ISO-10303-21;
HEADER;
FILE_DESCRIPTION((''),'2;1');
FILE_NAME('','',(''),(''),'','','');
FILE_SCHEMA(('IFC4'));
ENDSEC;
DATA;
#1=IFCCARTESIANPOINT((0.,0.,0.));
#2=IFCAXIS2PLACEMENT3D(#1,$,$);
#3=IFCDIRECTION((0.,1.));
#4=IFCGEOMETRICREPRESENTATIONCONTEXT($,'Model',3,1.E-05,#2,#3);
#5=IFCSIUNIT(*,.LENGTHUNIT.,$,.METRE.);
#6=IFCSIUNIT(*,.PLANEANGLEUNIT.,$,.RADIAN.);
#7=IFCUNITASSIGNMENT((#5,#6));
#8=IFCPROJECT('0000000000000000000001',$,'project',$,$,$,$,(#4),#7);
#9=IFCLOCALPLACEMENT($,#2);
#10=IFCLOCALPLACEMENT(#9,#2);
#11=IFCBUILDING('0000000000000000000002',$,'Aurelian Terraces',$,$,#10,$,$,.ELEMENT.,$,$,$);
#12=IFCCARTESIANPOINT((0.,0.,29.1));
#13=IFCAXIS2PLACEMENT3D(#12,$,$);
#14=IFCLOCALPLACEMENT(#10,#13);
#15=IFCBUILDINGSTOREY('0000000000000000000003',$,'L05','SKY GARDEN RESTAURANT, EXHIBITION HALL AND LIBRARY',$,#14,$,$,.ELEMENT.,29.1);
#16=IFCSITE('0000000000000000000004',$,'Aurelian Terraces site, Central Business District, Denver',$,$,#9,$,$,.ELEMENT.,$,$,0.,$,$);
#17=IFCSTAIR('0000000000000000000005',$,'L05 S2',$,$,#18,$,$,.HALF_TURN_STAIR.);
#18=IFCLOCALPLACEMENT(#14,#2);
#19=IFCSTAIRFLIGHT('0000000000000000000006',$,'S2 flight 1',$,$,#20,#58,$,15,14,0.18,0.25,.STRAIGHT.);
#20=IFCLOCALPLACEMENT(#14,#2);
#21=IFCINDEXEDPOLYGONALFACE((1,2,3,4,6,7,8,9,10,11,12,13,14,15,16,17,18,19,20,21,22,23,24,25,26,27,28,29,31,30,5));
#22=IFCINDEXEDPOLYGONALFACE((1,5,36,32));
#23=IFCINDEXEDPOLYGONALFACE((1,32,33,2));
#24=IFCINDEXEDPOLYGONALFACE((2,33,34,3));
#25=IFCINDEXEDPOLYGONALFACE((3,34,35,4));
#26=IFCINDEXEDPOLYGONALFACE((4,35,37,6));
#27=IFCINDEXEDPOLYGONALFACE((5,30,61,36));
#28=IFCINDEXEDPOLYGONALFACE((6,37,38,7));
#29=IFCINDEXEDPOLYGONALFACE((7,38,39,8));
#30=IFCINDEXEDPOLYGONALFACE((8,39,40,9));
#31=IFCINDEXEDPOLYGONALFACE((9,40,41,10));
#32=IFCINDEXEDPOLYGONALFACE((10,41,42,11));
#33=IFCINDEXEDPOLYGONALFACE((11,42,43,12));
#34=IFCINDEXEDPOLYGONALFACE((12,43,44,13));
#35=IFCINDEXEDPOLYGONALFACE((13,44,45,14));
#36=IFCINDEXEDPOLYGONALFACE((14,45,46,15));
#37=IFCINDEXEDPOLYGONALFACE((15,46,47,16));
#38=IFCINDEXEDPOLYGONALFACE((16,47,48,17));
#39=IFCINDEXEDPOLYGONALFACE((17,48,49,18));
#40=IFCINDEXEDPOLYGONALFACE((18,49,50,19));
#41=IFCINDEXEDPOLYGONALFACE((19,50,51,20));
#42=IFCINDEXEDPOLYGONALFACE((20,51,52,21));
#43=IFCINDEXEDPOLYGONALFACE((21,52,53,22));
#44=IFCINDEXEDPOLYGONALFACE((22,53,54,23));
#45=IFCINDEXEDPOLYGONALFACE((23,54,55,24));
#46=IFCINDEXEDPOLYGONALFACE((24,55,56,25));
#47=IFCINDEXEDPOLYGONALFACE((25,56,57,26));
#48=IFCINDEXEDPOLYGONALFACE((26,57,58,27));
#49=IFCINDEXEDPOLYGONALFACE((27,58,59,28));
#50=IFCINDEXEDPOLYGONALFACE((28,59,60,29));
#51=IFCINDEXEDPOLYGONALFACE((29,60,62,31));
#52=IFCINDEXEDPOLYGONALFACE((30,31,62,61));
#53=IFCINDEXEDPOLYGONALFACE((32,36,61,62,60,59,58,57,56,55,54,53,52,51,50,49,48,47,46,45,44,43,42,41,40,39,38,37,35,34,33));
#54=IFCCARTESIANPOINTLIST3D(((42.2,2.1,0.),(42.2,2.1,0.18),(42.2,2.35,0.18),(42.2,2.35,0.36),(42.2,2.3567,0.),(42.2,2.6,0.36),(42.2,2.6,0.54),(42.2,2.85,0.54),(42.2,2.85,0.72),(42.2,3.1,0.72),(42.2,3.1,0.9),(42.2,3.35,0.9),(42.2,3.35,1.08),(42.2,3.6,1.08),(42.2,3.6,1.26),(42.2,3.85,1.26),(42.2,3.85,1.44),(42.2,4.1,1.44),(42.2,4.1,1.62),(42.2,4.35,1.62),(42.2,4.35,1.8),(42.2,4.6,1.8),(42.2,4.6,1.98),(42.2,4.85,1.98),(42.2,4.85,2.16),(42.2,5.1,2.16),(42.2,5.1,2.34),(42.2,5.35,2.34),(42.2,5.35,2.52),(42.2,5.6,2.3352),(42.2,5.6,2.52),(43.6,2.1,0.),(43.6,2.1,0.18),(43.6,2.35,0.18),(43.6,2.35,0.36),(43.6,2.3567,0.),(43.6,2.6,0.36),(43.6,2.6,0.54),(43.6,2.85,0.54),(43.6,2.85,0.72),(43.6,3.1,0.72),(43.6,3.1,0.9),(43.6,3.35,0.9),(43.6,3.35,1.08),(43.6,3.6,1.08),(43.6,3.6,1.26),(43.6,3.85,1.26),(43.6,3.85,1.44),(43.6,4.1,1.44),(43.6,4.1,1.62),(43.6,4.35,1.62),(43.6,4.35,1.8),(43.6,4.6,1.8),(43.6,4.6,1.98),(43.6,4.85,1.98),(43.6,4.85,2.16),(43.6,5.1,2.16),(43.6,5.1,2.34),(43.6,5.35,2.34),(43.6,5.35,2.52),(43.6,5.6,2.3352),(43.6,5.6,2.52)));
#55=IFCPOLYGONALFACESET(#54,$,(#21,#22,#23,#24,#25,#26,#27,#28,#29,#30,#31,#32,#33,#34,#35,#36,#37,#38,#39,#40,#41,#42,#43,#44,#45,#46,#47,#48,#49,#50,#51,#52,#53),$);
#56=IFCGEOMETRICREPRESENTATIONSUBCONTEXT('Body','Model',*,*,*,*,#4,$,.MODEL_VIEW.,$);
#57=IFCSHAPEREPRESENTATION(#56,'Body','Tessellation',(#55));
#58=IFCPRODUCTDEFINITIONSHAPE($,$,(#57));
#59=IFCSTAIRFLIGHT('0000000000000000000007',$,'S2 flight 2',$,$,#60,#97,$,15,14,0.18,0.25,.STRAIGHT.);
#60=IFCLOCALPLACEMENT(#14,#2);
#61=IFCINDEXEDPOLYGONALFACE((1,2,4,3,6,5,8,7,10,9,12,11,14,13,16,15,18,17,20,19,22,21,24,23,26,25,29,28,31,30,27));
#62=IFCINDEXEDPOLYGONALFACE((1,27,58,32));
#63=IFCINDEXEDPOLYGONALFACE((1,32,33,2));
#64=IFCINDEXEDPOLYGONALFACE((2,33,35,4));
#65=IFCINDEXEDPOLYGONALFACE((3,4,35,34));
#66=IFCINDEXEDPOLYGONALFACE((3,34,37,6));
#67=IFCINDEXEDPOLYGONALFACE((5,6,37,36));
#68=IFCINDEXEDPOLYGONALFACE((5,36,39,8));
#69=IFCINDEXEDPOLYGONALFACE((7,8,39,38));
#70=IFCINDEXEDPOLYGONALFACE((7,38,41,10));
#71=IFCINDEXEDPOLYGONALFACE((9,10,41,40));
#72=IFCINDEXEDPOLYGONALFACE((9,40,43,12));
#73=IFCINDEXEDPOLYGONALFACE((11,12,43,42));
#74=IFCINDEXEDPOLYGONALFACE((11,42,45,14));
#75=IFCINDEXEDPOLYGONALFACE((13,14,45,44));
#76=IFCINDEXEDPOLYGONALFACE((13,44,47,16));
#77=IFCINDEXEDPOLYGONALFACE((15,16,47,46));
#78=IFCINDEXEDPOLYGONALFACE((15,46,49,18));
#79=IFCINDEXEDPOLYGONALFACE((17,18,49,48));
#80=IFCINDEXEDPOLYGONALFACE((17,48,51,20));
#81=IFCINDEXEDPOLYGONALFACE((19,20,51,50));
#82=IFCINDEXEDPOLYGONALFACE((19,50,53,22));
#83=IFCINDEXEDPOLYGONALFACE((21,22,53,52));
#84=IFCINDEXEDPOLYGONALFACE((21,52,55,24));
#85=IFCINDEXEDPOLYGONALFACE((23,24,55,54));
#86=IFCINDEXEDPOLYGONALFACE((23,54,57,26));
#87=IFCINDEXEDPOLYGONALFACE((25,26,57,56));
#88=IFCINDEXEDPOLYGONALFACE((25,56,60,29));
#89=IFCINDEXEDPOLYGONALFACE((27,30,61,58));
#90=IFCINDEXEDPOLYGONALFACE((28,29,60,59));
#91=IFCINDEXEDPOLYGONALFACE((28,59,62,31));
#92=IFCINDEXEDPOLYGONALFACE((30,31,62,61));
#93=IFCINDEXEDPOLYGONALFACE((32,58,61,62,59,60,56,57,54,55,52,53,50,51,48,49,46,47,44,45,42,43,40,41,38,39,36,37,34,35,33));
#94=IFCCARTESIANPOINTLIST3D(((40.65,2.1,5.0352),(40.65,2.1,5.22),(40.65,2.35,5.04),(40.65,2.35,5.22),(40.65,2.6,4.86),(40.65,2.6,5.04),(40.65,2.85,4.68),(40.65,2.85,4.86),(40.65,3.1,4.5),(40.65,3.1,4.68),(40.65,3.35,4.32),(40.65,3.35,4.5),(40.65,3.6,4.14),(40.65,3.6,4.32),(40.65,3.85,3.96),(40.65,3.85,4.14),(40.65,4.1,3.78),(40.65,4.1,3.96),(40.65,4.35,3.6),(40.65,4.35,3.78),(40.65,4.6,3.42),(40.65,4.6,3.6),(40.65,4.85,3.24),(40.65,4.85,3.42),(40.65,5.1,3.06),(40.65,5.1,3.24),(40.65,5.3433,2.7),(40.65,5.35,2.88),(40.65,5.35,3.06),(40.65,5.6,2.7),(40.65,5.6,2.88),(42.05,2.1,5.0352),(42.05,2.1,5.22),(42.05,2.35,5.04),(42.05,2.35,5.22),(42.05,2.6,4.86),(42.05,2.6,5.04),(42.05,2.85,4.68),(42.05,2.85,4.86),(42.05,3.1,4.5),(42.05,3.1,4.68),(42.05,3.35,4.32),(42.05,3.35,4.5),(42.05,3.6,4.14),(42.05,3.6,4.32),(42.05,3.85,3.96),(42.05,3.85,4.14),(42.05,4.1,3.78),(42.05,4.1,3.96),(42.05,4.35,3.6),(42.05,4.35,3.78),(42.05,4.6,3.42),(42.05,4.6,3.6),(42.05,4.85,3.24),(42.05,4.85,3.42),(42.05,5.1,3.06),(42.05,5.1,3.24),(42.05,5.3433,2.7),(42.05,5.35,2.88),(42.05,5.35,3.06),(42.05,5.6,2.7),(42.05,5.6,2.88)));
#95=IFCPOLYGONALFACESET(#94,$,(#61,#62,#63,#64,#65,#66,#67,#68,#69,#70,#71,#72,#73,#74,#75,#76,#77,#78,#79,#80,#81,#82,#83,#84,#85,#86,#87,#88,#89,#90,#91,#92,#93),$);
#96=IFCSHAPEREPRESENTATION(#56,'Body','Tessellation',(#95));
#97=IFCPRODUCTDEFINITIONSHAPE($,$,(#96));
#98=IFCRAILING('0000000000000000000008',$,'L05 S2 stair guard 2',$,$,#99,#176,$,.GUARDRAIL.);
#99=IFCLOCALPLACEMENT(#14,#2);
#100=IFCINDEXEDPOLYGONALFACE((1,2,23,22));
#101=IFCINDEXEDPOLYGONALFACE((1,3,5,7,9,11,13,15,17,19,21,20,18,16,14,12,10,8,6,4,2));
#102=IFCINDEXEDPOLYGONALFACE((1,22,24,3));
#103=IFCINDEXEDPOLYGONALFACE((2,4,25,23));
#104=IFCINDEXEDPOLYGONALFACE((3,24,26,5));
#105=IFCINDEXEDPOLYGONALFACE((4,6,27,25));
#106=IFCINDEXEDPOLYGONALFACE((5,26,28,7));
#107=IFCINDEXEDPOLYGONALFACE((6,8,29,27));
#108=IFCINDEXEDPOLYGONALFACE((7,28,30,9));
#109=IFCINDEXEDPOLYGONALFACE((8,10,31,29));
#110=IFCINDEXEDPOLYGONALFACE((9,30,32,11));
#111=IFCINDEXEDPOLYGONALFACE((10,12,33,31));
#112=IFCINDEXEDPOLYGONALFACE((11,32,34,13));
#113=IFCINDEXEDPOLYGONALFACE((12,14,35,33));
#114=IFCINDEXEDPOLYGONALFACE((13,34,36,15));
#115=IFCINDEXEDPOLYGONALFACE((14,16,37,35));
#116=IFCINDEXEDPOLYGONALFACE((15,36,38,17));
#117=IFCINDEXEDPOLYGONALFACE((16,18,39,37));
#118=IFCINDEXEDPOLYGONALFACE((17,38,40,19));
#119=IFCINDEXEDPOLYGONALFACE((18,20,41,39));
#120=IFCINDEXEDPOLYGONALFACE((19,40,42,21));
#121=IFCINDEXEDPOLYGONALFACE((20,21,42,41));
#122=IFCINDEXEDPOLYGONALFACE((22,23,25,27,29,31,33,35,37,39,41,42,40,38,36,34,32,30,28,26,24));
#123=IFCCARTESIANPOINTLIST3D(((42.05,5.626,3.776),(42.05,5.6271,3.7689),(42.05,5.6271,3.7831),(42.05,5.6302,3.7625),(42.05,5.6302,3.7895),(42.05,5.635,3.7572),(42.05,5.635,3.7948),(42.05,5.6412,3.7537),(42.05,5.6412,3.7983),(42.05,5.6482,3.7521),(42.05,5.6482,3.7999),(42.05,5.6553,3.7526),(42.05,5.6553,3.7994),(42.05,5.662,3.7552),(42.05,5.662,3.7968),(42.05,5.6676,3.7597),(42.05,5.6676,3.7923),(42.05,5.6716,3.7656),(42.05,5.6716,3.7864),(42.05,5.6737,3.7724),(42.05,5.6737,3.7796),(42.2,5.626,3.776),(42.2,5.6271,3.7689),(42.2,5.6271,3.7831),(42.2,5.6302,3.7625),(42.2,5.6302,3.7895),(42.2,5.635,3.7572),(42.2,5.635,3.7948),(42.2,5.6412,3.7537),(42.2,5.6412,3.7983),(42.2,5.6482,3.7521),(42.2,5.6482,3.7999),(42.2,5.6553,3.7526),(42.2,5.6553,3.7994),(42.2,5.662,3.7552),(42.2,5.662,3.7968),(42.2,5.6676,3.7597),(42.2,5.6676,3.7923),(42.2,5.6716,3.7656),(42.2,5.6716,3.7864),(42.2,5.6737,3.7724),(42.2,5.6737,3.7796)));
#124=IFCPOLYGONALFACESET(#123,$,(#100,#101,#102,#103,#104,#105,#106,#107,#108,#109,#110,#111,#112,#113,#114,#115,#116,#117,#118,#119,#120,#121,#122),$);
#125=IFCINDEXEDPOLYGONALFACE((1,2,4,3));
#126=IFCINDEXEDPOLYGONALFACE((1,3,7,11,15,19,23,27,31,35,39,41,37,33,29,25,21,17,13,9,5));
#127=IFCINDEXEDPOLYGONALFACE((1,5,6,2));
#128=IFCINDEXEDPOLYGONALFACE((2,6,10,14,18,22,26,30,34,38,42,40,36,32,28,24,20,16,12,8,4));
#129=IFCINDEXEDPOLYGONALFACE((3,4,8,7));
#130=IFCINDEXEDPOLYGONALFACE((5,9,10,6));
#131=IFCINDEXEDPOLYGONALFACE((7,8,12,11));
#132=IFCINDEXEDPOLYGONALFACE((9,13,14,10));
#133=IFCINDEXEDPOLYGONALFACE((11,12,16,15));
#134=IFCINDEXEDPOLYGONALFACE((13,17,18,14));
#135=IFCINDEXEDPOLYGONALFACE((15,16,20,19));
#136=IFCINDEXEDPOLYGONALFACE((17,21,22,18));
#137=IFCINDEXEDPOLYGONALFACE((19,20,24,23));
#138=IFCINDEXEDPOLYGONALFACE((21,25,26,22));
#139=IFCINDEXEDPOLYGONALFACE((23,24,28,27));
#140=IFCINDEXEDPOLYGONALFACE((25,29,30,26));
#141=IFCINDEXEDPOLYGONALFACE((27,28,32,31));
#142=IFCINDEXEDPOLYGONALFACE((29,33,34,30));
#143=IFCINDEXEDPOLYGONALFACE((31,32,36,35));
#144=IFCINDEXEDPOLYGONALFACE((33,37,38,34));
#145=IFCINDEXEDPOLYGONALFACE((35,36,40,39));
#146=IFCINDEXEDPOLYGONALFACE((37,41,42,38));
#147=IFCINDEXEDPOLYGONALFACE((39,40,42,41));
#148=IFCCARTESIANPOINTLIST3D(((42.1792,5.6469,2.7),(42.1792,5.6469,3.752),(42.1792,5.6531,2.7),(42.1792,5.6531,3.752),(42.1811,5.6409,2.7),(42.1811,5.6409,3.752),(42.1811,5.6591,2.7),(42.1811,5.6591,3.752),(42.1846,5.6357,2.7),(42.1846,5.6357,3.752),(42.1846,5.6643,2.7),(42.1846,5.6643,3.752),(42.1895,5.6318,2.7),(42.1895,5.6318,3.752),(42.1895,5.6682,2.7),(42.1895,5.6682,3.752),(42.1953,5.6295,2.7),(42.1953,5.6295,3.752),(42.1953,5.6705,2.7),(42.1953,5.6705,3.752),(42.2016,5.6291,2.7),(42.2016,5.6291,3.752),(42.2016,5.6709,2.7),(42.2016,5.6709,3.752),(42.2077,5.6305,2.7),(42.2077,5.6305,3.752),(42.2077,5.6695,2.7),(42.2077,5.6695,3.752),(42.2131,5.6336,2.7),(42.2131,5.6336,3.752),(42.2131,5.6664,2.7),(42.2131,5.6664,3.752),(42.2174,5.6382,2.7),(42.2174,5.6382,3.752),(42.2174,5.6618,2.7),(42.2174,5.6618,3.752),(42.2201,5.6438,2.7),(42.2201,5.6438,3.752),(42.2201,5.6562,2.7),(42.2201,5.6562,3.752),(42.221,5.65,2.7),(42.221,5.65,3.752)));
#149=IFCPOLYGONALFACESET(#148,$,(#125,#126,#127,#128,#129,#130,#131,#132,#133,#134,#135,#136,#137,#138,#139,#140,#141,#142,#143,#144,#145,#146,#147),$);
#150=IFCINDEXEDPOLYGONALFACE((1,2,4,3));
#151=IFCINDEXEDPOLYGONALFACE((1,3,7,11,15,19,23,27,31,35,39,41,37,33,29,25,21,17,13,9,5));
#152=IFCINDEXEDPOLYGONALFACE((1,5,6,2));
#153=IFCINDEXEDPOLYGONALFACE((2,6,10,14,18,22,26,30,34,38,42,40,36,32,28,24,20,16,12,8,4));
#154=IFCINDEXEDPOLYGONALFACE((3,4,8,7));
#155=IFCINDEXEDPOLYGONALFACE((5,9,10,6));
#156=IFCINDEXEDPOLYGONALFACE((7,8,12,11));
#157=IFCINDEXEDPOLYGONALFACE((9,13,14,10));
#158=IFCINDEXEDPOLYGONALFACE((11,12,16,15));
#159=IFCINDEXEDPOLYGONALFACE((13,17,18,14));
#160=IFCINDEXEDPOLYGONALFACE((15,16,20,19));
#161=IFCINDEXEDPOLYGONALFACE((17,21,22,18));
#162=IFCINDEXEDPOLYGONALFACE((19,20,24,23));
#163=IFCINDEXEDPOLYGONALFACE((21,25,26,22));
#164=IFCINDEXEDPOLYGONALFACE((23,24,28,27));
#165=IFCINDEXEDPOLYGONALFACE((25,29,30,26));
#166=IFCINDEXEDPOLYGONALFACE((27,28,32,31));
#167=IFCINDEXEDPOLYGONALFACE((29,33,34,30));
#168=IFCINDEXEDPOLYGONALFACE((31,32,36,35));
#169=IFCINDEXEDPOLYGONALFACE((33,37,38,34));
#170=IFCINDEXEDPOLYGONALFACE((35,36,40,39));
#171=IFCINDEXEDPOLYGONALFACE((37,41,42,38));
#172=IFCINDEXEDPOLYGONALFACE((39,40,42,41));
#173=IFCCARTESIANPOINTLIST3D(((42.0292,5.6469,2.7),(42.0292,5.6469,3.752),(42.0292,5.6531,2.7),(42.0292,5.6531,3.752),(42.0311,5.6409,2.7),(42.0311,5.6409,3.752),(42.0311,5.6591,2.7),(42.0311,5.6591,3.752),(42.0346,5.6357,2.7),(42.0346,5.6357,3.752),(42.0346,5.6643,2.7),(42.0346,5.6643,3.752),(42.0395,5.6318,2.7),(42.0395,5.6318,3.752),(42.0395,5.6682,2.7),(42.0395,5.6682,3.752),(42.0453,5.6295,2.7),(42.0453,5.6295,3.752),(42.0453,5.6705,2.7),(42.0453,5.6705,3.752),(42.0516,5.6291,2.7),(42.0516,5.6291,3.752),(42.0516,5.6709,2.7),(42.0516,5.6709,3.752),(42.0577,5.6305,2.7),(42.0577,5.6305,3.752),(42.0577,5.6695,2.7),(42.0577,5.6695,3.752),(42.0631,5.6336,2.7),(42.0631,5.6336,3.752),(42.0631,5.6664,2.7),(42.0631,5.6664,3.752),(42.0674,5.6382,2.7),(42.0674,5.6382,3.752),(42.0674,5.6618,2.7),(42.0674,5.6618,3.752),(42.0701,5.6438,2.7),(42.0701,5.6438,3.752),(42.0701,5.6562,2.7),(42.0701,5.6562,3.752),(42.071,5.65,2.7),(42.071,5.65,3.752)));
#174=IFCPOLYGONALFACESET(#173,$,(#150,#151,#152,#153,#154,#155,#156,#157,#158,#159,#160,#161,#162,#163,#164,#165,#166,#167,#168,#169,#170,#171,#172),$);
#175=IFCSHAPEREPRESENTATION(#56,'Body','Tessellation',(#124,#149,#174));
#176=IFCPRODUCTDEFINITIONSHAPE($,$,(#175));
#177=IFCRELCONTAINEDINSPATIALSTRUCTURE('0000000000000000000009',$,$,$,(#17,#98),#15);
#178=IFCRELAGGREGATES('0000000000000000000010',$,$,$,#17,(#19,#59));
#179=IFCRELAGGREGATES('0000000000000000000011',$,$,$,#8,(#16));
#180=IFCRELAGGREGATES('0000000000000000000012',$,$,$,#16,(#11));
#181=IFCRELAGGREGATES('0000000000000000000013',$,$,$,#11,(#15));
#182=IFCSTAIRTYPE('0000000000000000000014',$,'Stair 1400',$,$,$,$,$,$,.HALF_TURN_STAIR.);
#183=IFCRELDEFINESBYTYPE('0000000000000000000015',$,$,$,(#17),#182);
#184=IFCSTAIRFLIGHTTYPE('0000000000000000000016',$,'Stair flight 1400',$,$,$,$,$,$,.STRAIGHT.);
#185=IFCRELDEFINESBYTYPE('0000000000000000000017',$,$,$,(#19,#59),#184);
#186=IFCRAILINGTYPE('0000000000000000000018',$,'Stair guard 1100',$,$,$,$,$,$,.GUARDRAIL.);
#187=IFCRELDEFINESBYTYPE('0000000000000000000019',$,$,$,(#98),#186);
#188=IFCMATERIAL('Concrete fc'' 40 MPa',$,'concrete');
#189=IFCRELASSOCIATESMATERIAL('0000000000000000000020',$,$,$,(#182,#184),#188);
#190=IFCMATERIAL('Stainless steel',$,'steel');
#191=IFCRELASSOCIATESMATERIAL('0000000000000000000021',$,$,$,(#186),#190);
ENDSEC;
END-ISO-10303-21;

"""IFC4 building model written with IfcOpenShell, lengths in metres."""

from ifc_helpers import new_model, si_unit, direction, frame, origin, origin_2d, place, context, subcontext, project, spatial, polyline, circle, outline, extrude, source, transform, mapped, material, type_object, element, aggregate, save


model = new_model("IFC4")

# Units and contexts
model_context = context("Model", 3, precision=1e-05, world=origin(), true_north=direction((0.0, 1.0)))
body_context = subcontext(model_context, "Body", "Model", "MODEL_VIEW")
ifc_project = project(units=[si_unit("LENGTHUNIT", "METRE"), si_unit("PLANEANGLEUNIT", "RADIAN")], contexts=[model_context])

# Site, building, storey
site_placement = place(None, origin())
site = spatial("IfcSite", under=ifc_project, at=site_placement, Name="Aurelian Terraces site, Central Business District, Denver", CompositionType="ELEMENT", RefElevation=0.0)
building_placement = place(site_placement, origin())
building = spatial("IfcBuilding", under=site, at=building_placement, Name="Aurelian Terraces", CompositionType="ELEMENT")
storey_placement = place(building_placement, frame((0.0, 0.0, 29.1)))
storey = spatial("IfcBuildingStorey", under=building, at=storey_placement, Name="L05", Description="SKY GARDEN RESTAURANT, EXHIBITION HALL AND LIBRARY", CompositionType="ELEMENT", Elevation=29.1)

# Shared definitions
ifc_material_1 = material(Name="Concrete fc' 40 MPa", Category="concrete")

# Stair, stair flights
stair_type = type_object("IfcStairType", Name="Stair 1400", PredefinedType="HALF_TURN_STAIR", material=ifc_material_1)
stair_placement = place(storey_placement, origin())
stair = element("IfcStair", 1, at=stair_placement, inside=storey, type_object=stair_type, Name="L05 S2", PredefinedType="HALF_TURN_STAIR")
stair_flight_type = type_object("IfcStairFlightType", Name="Stair flight 1400", PredefinedType="STRAIGHT", material=ifc_material_1)
shared_shape_1 = source(origin(), body_context, "Body", "SweptSolid", [
    extrude(outline(polyline([(0.0, 0.0), (0.0, 0.18), (0.25, 0.18), (0.25, 0.36), (0.5, 0.36), (0.5, 0.54), (0.75, 0.54), (0.75, 0.72), (1.0, 0.72), (1.0, 0.9), (1.25, 0.9), (1.25, 1.08), (1.5, 1.08), (1.5, 1.26), (1.75, 1.26), (1.75, 1.44), (2.0, 1.44), (2.0, 1.62), (2.25, 1.62), (2.25, 1.8), (2.5, 1.8), (2.5, 1.98), (2.75, 1.98), (2.75, 2.16), (3.0, 2.16), (3.0, 2.34), (3.25, 2.34), (3.25, 2.52), (3.5, 2.52), (3.5, 2.7), (3.5, 2.3352), (0.2567, 0.0), (0.0, 0.0)])), frame((0.0, 0.7, 0.0), z_axis=(0.0, -1.0, 0.0), x_axis=(1.0, 0.0, 0.0)), (0.0, 0.0, 1.0), 1.4),
])
stair_flight_1_placement = place(storey_placement, frame((42.9, 2.1, 0.0), z_axis=(0.0, 0.0, 1.0), x_axis=(0.0, 1.0, 0.0)))
stair_flight_1 = element("IfcStairFlight", 2, at=stair_flight_1_placement, type_object=stair_flight_type, Name="S2 flight 1", NumberOfRisers=15, NumberOfTreads=14, PredefinedType="STRAIGHT", RiserHeight=0.18, TreadLength=0.25, context=body_context, shape_type="MappedRepresentation", body=[
    mapped(shared_shape_1, transform((0.0, 0.0, 0.0), scale=1.0)),
])
stair_flight_2_placement = place(storey_placement, frame((41.35, 5.6, 2.7), z_axis=(0.0, 0.0, 1.0), x_axis=(0.0, -1.0, 0.0)))
stair_flight_2 = element("IfcStairFlight", 3, at=stair_flight_2_placement, type_object=stair_flight_type, Name="S2 flight 2", NumberOfRisers=15, NumberOfTreads=14, PredefinedType="STRAIGHT", RiserHeight=0.18, TreadLength=0.25, context=body_context, shape_type="MappedRepresentation", body=[
    mapped(shared_shape_1, transform((0.0, 0.0, 0.0), scale=1.0)),
])
aggregate(stair, [stair_flight_1, stair_flight_2])

# Railing
ifc_material_2 = material(Name="Stainless steel", Category="steel")
railing_type_1 = type_object("IfcRailingType", Name="Stair guard 1100", PredefinedType="GUARDRAIL", material=ifc_material_2)
shared_shape_2 = source(origin(), body_context, "Body", "SweptSolid", [
    extrude(circle(Radius=0.024, at=origin_2d()), frame((0.0, 0.0, 1.076), z_axis=(-1.0, 0.0, 0.0), x_axis=(0.0, -1.0, 0.0)), (0.0, 0.0, 1.0), 0.15),
    extrude(circle(Radius=0.021, at=origin_2d()), origin(), (0.0, 0.0, 1.0), 1.052),
    extrude(circle(Radius=0.021, at=origin_2d()), frame((-0.15, 0.0, 0.0)), (0.0, 0.0, 1.0), 1.052),
])
for number, where, name in (
    (4, (42.2, 5.65, 2.7), "L05 S2 stair guard 2"),
):
    element("IfcRailing", number, at=place(storey_placement, frame(where)), inside=storey, type_object=railing_type_1, Name=name, PredefinedType="GUARDRAIL", context=body_context, shape_type="MappedRepresentation", body=[
        mapped(shared_shape_2, transform((0.0, 0.0, 0.0), scale=1.0)),
    ])

save(model, "model.ifc")
